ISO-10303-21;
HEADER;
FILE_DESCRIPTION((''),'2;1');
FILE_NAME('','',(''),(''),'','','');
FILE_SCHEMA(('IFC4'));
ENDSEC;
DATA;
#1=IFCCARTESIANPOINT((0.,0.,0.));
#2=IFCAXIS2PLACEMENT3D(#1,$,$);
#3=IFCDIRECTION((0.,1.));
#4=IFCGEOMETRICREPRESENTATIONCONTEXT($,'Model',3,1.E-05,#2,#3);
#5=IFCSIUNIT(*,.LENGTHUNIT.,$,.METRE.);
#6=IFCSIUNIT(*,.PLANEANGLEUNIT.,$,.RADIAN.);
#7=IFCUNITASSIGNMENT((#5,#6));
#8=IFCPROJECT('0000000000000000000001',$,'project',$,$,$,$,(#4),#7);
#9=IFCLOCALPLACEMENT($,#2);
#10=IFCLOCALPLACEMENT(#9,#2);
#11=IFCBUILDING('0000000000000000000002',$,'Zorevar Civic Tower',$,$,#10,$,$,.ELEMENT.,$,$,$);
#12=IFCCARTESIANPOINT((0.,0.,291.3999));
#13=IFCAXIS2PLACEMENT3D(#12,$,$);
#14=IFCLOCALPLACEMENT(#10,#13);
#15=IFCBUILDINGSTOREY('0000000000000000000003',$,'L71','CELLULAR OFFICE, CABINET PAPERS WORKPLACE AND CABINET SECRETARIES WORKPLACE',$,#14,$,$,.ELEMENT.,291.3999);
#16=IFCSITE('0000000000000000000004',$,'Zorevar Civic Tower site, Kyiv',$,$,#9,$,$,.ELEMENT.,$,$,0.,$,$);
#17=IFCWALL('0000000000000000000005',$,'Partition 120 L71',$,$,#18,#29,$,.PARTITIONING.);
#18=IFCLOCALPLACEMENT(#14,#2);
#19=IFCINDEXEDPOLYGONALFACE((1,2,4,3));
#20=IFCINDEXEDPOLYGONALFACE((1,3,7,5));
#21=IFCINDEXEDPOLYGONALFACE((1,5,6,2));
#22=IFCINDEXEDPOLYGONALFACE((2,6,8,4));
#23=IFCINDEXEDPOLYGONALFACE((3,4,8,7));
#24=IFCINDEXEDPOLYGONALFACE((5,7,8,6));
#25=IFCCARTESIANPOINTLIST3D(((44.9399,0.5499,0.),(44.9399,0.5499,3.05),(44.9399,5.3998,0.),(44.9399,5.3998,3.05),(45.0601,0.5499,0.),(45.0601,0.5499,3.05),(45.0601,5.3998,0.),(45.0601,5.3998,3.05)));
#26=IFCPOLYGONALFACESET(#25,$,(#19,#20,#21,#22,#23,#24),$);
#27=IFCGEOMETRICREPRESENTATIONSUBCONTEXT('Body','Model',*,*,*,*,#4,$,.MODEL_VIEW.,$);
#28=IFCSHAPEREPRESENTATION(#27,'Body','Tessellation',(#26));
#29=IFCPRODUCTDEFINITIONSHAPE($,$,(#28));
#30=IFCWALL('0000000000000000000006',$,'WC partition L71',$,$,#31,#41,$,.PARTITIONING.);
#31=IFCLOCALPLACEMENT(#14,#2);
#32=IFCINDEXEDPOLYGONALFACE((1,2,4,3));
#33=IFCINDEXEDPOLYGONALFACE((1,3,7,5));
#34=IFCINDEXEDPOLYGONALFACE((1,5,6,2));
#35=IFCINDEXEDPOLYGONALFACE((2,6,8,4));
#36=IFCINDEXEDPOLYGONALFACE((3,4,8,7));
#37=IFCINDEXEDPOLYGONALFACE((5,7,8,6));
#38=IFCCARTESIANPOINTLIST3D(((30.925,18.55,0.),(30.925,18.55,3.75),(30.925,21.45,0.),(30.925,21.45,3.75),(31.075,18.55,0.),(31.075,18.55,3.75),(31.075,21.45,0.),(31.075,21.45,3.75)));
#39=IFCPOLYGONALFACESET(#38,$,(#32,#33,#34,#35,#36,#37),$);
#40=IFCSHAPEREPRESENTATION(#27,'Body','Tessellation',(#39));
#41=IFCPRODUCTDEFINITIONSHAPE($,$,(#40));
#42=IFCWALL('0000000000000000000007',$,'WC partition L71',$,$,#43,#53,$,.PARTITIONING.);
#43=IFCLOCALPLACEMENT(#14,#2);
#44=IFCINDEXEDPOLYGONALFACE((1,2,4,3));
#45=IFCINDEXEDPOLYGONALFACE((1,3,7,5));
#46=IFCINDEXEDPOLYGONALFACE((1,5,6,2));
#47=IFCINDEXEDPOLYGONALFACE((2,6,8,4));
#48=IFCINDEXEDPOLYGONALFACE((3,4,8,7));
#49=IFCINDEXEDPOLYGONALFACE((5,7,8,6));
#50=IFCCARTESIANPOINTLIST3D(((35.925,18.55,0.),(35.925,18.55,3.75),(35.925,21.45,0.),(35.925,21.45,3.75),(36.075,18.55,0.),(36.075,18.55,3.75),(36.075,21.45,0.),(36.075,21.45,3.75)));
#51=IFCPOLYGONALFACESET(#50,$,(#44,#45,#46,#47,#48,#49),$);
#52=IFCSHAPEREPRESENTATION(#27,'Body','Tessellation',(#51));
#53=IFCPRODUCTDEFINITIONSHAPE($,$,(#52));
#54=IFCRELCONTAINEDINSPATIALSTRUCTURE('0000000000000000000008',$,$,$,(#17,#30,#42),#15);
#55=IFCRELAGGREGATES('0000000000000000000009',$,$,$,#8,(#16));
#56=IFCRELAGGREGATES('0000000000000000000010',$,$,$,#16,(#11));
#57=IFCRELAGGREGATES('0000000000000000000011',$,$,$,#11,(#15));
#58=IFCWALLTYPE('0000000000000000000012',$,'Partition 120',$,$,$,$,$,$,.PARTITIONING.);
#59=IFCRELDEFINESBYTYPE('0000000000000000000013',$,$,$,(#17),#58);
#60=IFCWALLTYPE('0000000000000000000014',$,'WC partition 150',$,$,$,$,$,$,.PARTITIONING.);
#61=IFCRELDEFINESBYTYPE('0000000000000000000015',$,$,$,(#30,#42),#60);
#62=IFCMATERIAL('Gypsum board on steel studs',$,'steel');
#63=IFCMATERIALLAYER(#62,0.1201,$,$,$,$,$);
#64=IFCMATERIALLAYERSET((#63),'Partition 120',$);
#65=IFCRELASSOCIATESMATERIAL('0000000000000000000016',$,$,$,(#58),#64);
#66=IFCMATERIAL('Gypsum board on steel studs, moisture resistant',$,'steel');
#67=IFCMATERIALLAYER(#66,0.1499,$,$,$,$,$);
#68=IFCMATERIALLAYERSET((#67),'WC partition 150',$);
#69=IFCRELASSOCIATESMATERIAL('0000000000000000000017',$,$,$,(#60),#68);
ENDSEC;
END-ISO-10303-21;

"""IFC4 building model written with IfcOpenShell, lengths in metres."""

from ifc_helpers import new_model, si_unit, direction, frame, frame_2d, origin, place, context, subcontext, project, spatial, rectangle, extrude, material, layer, layer_set, type_object, element, save


model = new_model("IFC4")

# Units and contexts
model_context = context("Model", 3, precision=1e-05, world=origin(), true_north=direction((0.0, 1.0)))
body_context = subcontext(model_context, "Body", "Model", "MODEL_VIEW")
ifc_project = project(units=[si_unit("LENGTHUNIT", "METRE"), si_unit("PLANEANGLEUNIT", "RADIAN")], contexts=[model_context])

# Site, building, storey
site_placement = place(None, origin())
site = spatial("IfcSite", under=ifc_project, at=site_placement, Name="Zorevar Civic Tower site, Kyiv", CompositionType="ELEMENT", RefElevation=0.0)
building_placement = place(site_placement, origin())
building = spatial("IfcBuilding", under=site, at=building_placement, Name="Zorevar Civic Tower", CompositionType="ELEMENT")
storey_placement = place(building_placement, frame((0.0, 0.0, 291.3999)))
storey = spatial("IfcBuildingStorey", under=building, at=storey_placement, Name="L71", Description="CELLULAR OFFICE, CABINET PAPERS WORKPLACE AND CABINET SECRETARIES WORKPLACE", CompositionType="ELEMENT", Elevation=291.3999)

# Shared definitions
ifc_material_1 = material(Name="Gypsum board on steel studs", Category="steel")
ifc_layer_1 = layer(ifc_material_1, 0.1201)
ifc_layer_set_1 = layer_set([ifc_layer_1], Name="Partition 120")
wall_type_1 = type_object("IfcWallType", Name="Partition 120", PredefinedType="PARTITIONING", material=ifc_layer_set_1)

# Wall
wall_1_placement = place(storey_placement, frame((45.0, 0.55, 0.0), z_axis=(0.0, 0.0, 1.0), x_axis=(0.0, 1.0, 0.0)))
element("IfcWall", 1, at=wall_1_placement, inside=storey, type_object=wall_type_1, Name="Partition 120 L71", PredefinedType="PARTITIONING", context=body_context, shape_type="SweptSolid", body=[
    extrude(rectangle(XDim=4.8499, YDim=0.1201, at=frame_2d((2.4248, 0.0))), origin(), (0.0, 0.0, 1.0), 3.05),
])

# Walls
ifc_material_2 = material(Name="Gypsum board on steel studs, moisture resistant", Category="steel")
ifc_layer_2 = layer(ifc_material_2, 0.1499)
ifc_layer_set_2 = layer_set([ifc_layer_2], Name="WC partition 150")
wall_type_2 = type_object("IfcWallType", Name="WC partition 150", PredefinedType="PARTITIONING", material=ifc_layer_set_2)
for number, where, z_axis, x_axis, name in (
    (2, (31.0, 18.55, 0.0), (0.0, 0.0, 1.0), (0.0, 1.0, 0.0), "WC partition L71"),
    (3, (36.0, 18.55, 0.0), (0.0, 0.0, 1.0), (0.0, 1.0, 0.0), "WC partition L71"),
):
    element("IfcWall", number, at=place(storey_placement, frame(where, z_axis=z_axis, x_axis=x_axis)), inside=storey, type_object=wall_type_2, Name=name, PredefinedType="PARTITIONING", context=body_context, shape_type="SweptSolid", body=[
        extrude(rectangle(XDim=2.8999, YDim=0.1499, at=frame_2d((1.45, 0.0))), origin(), (0.0, 0.0, 1.0), 3.75),
    ])

save(model, "model.ifc")
